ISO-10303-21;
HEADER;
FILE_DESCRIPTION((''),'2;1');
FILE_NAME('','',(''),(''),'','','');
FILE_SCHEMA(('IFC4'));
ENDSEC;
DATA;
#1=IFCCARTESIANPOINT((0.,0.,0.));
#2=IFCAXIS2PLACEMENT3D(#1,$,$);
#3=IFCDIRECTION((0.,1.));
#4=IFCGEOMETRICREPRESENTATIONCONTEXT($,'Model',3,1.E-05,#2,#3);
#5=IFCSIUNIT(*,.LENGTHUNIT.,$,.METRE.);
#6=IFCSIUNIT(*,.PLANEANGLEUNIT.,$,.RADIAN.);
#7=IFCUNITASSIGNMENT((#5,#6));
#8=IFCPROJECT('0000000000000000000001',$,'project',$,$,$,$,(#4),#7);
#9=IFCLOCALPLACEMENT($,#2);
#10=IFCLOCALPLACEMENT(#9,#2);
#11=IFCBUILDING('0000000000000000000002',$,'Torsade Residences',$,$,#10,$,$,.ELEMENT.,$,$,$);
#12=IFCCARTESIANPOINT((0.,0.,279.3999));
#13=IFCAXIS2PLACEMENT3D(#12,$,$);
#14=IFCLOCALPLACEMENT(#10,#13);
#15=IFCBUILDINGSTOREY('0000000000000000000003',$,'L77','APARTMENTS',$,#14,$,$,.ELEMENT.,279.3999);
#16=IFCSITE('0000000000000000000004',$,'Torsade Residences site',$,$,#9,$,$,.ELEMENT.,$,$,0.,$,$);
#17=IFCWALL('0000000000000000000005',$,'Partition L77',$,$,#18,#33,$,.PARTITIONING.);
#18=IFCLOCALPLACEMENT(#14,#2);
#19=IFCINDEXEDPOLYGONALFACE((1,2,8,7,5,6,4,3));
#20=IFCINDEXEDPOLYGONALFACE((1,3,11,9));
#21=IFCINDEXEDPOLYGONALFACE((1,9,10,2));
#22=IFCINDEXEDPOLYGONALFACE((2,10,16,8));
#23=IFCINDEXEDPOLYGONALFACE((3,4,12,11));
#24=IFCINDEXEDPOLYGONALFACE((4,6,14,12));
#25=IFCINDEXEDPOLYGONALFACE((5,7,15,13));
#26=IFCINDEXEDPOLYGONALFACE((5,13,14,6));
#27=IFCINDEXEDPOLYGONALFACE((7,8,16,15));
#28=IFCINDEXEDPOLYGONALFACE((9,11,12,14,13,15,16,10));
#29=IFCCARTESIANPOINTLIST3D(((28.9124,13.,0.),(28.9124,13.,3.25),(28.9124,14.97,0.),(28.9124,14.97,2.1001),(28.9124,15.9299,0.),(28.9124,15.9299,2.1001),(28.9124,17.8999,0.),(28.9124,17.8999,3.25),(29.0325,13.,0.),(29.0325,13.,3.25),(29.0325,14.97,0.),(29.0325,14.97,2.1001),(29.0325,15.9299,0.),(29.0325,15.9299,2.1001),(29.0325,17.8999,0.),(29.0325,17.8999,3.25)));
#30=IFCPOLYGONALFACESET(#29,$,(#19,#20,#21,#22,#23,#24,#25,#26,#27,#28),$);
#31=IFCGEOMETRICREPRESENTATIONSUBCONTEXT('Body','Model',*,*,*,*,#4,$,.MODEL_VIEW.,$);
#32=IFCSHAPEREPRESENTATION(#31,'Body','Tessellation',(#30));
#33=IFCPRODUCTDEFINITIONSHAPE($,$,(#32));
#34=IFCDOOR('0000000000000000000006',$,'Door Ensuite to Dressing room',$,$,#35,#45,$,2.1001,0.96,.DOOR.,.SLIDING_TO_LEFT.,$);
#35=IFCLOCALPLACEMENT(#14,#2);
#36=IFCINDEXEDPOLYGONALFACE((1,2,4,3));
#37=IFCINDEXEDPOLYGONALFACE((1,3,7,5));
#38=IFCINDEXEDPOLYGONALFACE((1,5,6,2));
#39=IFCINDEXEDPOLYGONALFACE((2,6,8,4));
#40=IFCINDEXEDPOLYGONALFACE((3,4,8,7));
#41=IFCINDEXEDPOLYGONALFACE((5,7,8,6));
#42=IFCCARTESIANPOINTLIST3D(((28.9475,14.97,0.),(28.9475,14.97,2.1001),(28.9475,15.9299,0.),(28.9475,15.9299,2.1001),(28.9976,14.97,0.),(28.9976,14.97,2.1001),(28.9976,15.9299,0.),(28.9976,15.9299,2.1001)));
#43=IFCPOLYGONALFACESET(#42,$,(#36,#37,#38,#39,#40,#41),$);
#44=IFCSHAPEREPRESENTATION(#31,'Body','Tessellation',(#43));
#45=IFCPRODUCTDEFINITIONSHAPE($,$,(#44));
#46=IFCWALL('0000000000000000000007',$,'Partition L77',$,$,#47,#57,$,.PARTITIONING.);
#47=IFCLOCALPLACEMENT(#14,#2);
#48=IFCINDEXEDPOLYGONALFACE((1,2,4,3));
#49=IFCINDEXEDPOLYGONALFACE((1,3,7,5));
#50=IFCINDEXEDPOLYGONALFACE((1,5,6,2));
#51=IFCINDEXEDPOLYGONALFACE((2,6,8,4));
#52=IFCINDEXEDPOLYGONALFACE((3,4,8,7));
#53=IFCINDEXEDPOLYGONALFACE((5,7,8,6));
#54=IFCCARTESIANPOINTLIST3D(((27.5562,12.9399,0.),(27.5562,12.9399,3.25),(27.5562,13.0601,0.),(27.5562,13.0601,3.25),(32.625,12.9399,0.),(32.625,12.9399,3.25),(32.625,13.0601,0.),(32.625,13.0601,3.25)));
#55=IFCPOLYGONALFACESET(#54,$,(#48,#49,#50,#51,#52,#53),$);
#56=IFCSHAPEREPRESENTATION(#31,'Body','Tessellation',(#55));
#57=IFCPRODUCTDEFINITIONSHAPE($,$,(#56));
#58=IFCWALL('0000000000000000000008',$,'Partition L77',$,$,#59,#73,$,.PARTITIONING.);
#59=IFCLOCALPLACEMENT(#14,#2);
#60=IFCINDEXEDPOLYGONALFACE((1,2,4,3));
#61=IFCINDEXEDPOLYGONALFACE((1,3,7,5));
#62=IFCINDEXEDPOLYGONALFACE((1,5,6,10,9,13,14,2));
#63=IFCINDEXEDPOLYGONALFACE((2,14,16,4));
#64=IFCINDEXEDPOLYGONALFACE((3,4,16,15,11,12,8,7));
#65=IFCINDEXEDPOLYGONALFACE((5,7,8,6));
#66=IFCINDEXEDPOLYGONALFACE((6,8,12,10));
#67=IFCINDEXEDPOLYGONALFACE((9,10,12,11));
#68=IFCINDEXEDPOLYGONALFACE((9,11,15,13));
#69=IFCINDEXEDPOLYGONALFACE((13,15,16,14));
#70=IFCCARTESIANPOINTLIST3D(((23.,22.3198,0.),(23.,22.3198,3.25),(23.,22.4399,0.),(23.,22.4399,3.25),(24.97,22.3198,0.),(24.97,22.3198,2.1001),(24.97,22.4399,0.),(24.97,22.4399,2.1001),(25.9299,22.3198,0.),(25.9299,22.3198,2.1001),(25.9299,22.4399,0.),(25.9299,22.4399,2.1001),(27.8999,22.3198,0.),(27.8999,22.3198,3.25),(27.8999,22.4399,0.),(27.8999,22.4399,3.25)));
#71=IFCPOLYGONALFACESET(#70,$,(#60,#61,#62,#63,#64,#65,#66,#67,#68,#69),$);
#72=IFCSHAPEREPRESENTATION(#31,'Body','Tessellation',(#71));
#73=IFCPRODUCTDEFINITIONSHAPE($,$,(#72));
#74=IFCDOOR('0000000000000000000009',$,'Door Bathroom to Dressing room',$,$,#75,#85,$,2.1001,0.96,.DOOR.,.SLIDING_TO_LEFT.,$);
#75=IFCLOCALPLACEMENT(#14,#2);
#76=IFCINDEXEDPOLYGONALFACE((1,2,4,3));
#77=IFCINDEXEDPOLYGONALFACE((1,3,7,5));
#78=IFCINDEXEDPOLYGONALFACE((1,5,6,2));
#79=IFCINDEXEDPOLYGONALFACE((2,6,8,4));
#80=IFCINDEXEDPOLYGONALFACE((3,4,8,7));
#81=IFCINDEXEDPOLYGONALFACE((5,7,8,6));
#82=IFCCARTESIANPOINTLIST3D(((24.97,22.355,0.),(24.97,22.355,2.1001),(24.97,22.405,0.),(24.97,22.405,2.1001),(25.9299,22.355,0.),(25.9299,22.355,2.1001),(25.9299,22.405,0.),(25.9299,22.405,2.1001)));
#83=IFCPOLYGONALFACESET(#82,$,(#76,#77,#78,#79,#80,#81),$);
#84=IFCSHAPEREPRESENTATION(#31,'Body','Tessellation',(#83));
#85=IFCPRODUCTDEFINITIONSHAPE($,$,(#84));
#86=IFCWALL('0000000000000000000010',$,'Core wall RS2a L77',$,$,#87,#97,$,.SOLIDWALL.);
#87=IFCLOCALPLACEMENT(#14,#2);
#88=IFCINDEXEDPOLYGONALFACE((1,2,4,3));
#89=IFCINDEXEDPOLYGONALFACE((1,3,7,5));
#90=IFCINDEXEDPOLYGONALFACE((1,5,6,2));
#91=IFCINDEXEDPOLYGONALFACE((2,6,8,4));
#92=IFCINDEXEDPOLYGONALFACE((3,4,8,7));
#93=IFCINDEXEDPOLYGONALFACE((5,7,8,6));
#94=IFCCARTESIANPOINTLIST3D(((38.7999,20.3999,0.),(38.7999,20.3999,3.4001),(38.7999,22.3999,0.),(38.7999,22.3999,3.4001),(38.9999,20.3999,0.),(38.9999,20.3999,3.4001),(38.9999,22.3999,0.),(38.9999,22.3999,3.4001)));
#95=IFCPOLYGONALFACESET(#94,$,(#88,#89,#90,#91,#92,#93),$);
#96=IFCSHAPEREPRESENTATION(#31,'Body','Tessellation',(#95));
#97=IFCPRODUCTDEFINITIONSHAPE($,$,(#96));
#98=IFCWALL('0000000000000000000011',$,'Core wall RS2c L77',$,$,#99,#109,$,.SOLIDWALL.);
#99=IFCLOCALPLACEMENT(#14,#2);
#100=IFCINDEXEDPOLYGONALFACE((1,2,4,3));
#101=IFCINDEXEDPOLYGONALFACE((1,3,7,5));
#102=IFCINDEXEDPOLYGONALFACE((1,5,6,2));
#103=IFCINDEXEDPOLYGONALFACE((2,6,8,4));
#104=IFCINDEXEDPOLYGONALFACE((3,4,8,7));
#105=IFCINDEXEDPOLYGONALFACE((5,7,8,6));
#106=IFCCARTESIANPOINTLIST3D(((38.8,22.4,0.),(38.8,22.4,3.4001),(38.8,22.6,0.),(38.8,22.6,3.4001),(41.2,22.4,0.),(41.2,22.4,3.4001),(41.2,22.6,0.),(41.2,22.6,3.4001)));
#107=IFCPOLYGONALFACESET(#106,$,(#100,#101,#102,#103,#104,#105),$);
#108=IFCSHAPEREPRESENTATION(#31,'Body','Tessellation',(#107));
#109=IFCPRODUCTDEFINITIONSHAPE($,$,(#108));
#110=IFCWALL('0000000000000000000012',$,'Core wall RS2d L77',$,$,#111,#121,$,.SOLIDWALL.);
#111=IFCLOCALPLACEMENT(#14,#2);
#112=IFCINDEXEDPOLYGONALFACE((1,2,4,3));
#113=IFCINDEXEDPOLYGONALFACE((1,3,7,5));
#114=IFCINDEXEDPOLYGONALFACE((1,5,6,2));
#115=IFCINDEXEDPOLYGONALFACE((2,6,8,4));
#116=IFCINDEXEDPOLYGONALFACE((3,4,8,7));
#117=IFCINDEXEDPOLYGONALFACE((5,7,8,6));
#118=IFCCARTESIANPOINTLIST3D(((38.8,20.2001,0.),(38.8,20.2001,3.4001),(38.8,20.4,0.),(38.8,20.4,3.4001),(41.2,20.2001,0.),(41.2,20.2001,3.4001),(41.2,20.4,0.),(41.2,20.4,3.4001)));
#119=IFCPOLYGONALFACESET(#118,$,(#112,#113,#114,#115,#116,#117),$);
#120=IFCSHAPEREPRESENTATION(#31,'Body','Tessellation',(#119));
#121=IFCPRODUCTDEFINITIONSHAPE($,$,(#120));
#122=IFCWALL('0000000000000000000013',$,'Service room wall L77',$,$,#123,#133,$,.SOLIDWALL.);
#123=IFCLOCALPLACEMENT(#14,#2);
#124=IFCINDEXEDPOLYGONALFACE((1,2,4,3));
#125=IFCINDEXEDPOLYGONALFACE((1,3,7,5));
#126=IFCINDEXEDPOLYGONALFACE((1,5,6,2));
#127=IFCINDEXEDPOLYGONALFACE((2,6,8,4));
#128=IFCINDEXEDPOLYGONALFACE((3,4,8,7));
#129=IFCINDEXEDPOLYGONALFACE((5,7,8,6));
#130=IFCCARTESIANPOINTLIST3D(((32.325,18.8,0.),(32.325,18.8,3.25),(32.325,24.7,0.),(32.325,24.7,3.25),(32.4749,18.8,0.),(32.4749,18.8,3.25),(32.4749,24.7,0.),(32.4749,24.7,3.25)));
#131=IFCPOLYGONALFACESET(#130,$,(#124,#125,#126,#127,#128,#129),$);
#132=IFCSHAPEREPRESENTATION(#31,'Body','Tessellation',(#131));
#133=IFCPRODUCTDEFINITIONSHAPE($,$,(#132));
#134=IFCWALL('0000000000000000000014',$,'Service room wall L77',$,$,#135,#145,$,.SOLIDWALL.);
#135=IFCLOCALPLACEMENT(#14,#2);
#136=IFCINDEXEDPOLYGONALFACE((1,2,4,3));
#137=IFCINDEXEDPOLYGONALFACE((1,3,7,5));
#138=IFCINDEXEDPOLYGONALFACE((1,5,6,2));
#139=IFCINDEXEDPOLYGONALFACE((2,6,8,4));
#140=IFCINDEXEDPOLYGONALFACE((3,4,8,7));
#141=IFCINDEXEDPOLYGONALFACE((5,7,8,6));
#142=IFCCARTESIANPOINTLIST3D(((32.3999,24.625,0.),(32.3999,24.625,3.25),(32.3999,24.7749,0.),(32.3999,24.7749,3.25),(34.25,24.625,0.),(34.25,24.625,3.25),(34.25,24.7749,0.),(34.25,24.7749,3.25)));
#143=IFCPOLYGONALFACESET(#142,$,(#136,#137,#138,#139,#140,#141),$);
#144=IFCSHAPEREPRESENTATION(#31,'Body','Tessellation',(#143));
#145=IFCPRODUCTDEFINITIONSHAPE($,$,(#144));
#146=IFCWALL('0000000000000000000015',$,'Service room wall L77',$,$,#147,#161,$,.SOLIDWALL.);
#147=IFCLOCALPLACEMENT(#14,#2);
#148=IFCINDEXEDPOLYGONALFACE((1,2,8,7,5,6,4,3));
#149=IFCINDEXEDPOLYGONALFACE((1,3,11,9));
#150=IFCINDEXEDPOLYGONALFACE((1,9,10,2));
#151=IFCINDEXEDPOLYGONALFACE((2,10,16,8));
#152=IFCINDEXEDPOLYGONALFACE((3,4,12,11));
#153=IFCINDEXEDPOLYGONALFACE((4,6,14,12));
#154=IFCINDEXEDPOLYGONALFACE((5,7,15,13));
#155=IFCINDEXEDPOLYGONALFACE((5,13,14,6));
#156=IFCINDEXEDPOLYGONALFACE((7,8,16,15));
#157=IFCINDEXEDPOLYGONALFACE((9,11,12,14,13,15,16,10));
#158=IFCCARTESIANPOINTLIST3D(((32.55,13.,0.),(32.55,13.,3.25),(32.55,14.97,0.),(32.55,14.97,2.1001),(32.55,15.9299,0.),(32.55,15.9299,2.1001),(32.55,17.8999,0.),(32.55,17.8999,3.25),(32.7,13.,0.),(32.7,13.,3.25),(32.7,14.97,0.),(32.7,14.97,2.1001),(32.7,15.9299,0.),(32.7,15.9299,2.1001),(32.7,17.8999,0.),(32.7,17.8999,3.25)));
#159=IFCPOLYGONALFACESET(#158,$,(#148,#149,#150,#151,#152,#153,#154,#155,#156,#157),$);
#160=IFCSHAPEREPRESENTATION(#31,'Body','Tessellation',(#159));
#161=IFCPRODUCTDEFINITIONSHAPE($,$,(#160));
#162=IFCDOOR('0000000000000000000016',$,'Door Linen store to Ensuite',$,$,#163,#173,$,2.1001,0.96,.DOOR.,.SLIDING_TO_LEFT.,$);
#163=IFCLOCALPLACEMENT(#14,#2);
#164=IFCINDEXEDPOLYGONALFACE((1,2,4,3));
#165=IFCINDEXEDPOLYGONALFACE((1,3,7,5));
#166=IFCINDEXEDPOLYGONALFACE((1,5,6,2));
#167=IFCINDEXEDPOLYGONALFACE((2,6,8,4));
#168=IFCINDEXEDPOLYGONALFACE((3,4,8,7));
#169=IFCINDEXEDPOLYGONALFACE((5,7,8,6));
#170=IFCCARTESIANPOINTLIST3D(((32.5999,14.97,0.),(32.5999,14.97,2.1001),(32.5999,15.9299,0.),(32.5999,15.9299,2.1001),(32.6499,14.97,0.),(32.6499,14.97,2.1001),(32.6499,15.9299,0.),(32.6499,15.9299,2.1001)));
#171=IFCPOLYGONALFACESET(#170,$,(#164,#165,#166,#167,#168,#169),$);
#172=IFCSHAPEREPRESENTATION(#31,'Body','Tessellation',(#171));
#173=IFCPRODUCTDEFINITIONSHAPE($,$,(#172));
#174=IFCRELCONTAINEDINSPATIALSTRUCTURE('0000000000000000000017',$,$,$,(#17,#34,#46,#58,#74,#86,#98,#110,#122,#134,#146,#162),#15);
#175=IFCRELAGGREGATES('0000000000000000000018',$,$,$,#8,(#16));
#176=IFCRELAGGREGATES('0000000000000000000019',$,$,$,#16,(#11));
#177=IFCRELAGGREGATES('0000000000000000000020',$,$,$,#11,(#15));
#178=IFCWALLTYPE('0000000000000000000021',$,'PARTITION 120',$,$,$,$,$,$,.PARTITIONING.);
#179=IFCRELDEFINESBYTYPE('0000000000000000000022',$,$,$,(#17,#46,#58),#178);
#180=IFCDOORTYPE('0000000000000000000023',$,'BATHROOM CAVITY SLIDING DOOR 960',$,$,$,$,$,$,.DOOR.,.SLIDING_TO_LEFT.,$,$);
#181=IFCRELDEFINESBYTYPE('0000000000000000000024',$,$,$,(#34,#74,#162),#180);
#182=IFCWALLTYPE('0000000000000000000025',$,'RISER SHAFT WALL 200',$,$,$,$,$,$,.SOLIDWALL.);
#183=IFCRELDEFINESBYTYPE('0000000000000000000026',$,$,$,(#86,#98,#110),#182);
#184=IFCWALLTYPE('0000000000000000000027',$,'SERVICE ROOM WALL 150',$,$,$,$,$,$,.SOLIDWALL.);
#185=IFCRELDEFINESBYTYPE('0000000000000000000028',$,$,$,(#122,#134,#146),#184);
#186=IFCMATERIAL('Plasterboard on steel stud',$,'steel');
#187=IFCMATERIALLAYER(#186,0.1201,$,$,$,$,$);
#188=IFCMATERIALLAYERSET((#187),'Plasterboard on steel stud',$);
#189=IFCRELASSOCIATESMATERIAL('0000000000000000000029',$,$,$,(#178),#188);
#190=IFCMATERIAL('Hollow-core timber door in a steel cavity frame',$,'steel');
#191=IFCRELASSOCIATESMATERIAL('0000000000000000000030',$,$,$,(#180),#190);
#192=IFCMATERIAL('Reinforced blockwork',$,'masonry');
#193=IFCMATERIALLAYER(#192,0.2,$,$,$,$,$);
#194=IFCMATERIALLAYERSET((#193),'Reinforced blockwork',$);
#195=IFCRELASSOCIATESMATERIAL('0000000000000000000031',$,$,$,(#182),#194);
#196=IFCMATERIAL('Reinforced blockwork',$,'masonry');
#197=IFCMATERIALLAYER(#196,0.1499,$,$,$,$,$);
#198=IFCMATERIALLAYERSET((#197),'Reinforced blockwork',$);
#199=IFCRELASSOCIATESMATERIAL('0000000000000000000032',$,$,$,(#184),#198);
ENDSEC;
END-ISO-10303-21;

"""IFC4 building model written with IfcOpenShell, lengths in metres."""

from ifc_helpers import new_model, si_unit, direction, frame, frame_2d, origin, place, context, subcontext, project, spatial, rectangle, extrude, material, layer, layer_set, type_object, element, fill, save


model = new_model("IFC4")

# Units and contexts
model_context = context("Model", 3, precision=1e-05, world=origin(), true_north=direction((0.0, 1.0)))
body_context = subcontext(model_context, "Body", "Model", "MODEL_VIEW")
ifc_project = project(units=[si_unit("LENGTHUNIT", "METRE"), si_unit("PLANEANGLEUNIT", "RADIAN")], contexts=[model_context])

# Site, building, storey
site_placement = place(None, origin())
site = spatial("IfcSite", under=ifc_project, at=site_placement, Name="Torsade Residences site", CompositionType="ELEMENT", RefElevation=0.0)
building_placement = place(site_placement, origin())
building = spatial("IfcBuilding", under=site, at=building_placement, Name="Torsade Residences", CompositionType="ELEMENT")
storey_placement = place(building_placement, frame((0.0, 0.0, 279.3999)))
storey = spatial("IfcBuildingStorey", under=building, at=storey_placement, Name="L77", Description="APARTMENTS", CompositionType="ELEMENT", Elevation=279.3999)

# Wall, opening, door
ifc_material_1 = material(Name="Plasterboard on steel stud", Category="steel")
ifc_layer_1 = layer(ifc_material_1, 0.1201)
ifc_layer_set_1 = layer_set([ifc_layer_1], Name="Plasterboard on steel stud")
wall_type_1 = type_object("IfcWallType", Name="PARTITION 120", PredefinedType="PARTITIONING", material=ifc_layer_set_1)
wall_1_placement = place(storey_placement, frame((28.9724, 13.0, 0.0), z_axis=(0.0, 0.0, 1.0), x_axis=(0.0, 1.0, 0.0)))
wall_1 = element("IfcWall", 1, at=wall_1_placement, inside=storey, type_object=wall_type_1, Name="Partition L77", PredefinedType="PARTITIONING", context=body_context, shape_type="SweptSolid", body=[
    extrude(rectangle(XDim=4.8999, YDim=0.1201, at=frame_2d((2.45, 0.0))), origin(), (0.0, 0.0, 1.0), 3.25),
])
opening_1_placement = place(wall_1_placement, frame((1.97, 0.0, 0.0)))
opening_1 = element("IfcOpeningElement", 2, at=opening_1_placement, cuts=wall_1, PredefinedType="OPENING", context=body_context, shape_type="SweptSolid", body=[
    extrude(rectangle(XDim=0.96, YDim=2.1001, at=frame_2d((0.48, 1.05))), frame((0.0, 0.0701, 0.0), z_axis=(0.0, -1.0, 0.0), x_axis=(1.0, 0.0, 0.0)), (0.0, 0.0, 1.0), 0.1401),
])
ifc_material_2 = material(Name="Hollow-core timber door in a steel cavity frame", Category="steel")
door_type = type_object("IfcDoorType", Name="BATHROOM CAVITY SLIDING DOOR 960", OperationType="SLIDING_TO_LEFT", PredefinedType="DOOR", material=ifc_material_2)
door_1_placement = place(opening_1_placement, origin())
door_1 = element("IfcDoor", 3, at=door_1_placement, inside=storey, type_object=door_type, Name="Door Ensuite to Dressing room", OperationType="SLIDING_TO_LEFT", OverallHeight=2.1001, OverallWidth=0.96, PredefinedType="DOOR", context=body_context, shape_type="SweptSolid", body=[
    extrude(rectangle(XDim=0.96, YDim=2.1001, at=frame_2d((0.48, 1.05))), frame((0.0, 0.0249, 0.0), z_axis=(0.0, -1.0, 0.0), x_axis=(1.0, 0.0, 0.0)), (0.0, 0.0, 1.0), 0.05),
])
fill(opening_1, door_1)

# Wall
wall_2_placement = place(storey_placement, frame((32.625, 13.0, 0.0), z_axis=(0.0, 0.0, 1.0), x_axis=(-1.0, 0.0, 0.0)))
element("IfcWall", 4, at=wall_2_placement, inside=storey, type_object=wall_type_1, Name="Partition L77", PredefinedType="PARTITIONING", context=body_context, shape_type="SweptSolid", body=[
    extrude(rectangle(XDim=5.0688, YDim=0.1201, at=frame_2d((2.5344, 0.0))), origin(), (0.0, 0.0, 1.0), 3.25),
])

# Wall, opening, door
wall_3_placement = place(storey_placement, frame((27.8999, 22.3799, 0.0), z_axis=(0.0, 0.0, 1.0), x_axis=(-1.0, 0.0, 0.0)))
wall_3 = element("IfcWall", 5, at=wall_3_placement, inside=storey, type_object=wall_type_1, Name="Partition L77", PredefinedType="PARTITIONING", context=body_context, shape_type="SweptSolid", body=[
    extrude(rectangle(XDim=4.8999, YDim=0.1201, at=frame_2d((2.45, 0.0))), origin(), (0.0, 0.0, 1.0), 3.25),
])
opening_2_placement = place(wall_3_placement, frame((1.97, 0.0, 0.0)))
opening_2 = element("IfcOpeningElement", 6, at=opening_2_placement, cuts=wall_3, PredefinedType="OPENING", context=body_context, shape_type="SweptSolid", body=[
    extrude(rectangle(XDim=0.96, YDim=2.1001, at=frame_2d((0.48, 1.05))), frame((0.0, 0.0701, 0.0), z_axis=(0.0, -1.0, 0.0), x_axis=(1.0, 0.0, 0.0)), (0.0, 0.0, 1.0), 0.1401),
])
door_2_placement = place(opening_2_placement, origin())
door_2 = element("IfcDoor", 7, at=door_2_placement, inside=storey, type_object=door_type, Name="Door Bathroom to Dressing room", OperationType="SLIDING_TO_LEFT", OverallHeight=2.1001, OverallWidth=0.96, PredefinedType="DOOR", context=body_context, shape_type="SweptSolid", body=[
    extrude(rectangle(XDim=0.96, YDim=2.1001, at=frame_2d((0.48, 1.05))), frame((0.0, 0.0249, 0.0), z_axis=(0.0, -1.0, 0.0), x_axis=(1.0, 0.0, 0.0)), (0.0, 0.0, 1.0), 0.05),
])
fill(opening_2, door_2)

# Walls
ifc_material_3 = material(Name="Reinforced blockwork", Category="masonry")
ifc_layer_2 = layer(ifc_material_3, 0.2)
ifc_layer_set_2 = layer_set([ifc_layer_2], Name="Reinforced blockwork")
wall_type_2 = type_object("IfcWallType", Name="RISER SHAFT WALL 200", PredefinedType="SOLIDWALL", material=ifc_layer_set_2)
wall_4_placement = place(storey_placement, frame((38.8999, 22.3999, 0.0), z_axis=(0.0, 0.0, 1.0), x_axis=(0.0, -1.0, 0.0)))
element("IfcWall", 8, at=wall_4_placement, inside=storey, type_object=wall_type_2, Name="Core wall RS2a L77", PredefinedType="SOLIDWALL", context=body_context, shape_type="SweptSolid", body=[
    extrude(rectangle(XDim=2.0, YDim=0.2, at=frame_2d((1.0, 0.0))), origin(), (0.0, 0.0, 1.0), 3.4001),
])
for number, where, z_axis, x_axis, name in (
    (9, (38.8, 22.5, 0.0), (0.0, 0.0, 1.0), (1.0, 0.0, 0.0), "Core wall RS2c L77"),
    (10, (38.8, 20.3, 0.0), (0.0, 0.0, 1.0), (1.0, 0.0, 0.0), "Core wall RS2d L77"),
):
    element("IfcWall", number, at=place(storey_placement, frame(where, z_axis=z_axis, x_axis=x_axis)), inside=storey, type_object=wall_type_2, Name=name, PredefinedType="SOLIDWALL", context=body_context, shape_type="SweptSolid", body=[
        extrude(rectangle(XDim=2.3999, YDim=0.2, at=frame_2d((1.2, 0.0))), origin(), (0.0, 0.0, 1.0), 3.4001),
    ])
ifc_material_4 = material(Name="Reinforced blockwork", Category="masonry")
ifc_layer_3 = layer(ifc_material_4, 0.1499)
ifc_layer_set_3 = layer_set([ifc_layer_3], Name="Reinforced blockwork")
wall_type_3 = type_object("IfcWallType", Name="SERVICE ROOM WALL 150", PredefinedType="SOLIDWALL", material=ifc_layer_set_3)
wall_5_placement = place(storey_placement, frame((32.3999, 18.8, 0.0), z_axis=(0.0, 0.0, 1.0), x_axis=(0.0, 1.0, 0.0)))
element("IfcWall", 11, at=wall_5_placement, inside=storey, type_object=wall_type_3, Name="Service room wall L77", PredefinedType="SOLIDWALL", context=body_context, shape_type="SweptSolid", body=[
    extrude(rectangle(XDim=5.8999, YDim=0.1499, at=frame_2d((2.95, 0.0))), origin(), (0.0, 0.0, 1.0), 3.25),
])
wall_6_placement = place(storey_placement, frame((32.3999, 24.7, 0.0), z_axis=(0.0, 0.0, 1.0), x_axis=(1.0, 0.0, 0.0)))
element("IfcWall", 12, at=wall_6_placement, inside=storey, type_object=wall_type_3, Name="Service room wall L77", PredefinedType="SOLIDWALL", context=body_context, shape_type="SweptSolid", body=[
    extrude(rectangle(XDim=1.8501, YDim=0.1499, at=frame_2d((0.925, 0.0))), origin(), (0.0, 0.0, 1.0), 3.25),
])

# Wall, opening, door
wall_7_placement = place(storey_placement, frame((32.625, 17.8999, 0.0), z_axis=(0.0, 0.0, 1.0), x_axis=(0.0, -1.0, 0.0)))
wall_7 = element("IfcWall", 13, at=wall_7_placement, inside=storey, type_object=wall_type_3, Name="Service room wall L77", PredefinedType="SOLIDWALL", context=body_context, shape_type="SweptSolid", body=[
    extrude(rectangle(XDim=4.8999, YDim=0.1499, at=frame_2d((2.45, 0.0))), origin(), (0.0, 0.0, 1.0), 3.25),
])
opening_3_placement = place(wall_7_placement, frame((1.97, 0.0, 0.0)))
opening_3 = element("IfcOpeningElement", 14, at=opening_3_placement, cuts=wall_7, PredefinedType="OPENING", context=body_context, shape_type="SweptSolid", body=[
    extrude(rectangle(XDim=0.96, YDim=2.1001, at=frame_2d((0.48, 1.05))), frame((0.0, 0.085, 0.0), z_axis=(0.0, -1.0, 0.0), x_axis=(1.0, 0.0, 0.0)), (0.0, 0.0, 1.0), 0.1699),
])
door_3_placement = place(opening_3_placement, origin())
door_3 = element("IfcDoor", 15, at=door_3_placement, inside=storey, type_object=door_type, Name="Door Linen store to Ensuite", OperationType="SLIDING_TO_LEFT", OverallHeight=2.1001, OverallWidth=0.96, PredefinedType="DOOR", context=body_context, shape_type="SweptSolid", body=[
    extrude(rectangle(XDim=0.96, YDim=2.1001, at=frame_2d((0.48, 1.05))), frame((0.0, 0.0249, 0.0), z_axis=(0.0, -1.0, 0.0), x_axis=(1.0, 0.0, 0.0)), (0.0, 0.0, 1.0), 0.05),
])
fill(opening_3, door_3)

save(model, "model.ifc")
